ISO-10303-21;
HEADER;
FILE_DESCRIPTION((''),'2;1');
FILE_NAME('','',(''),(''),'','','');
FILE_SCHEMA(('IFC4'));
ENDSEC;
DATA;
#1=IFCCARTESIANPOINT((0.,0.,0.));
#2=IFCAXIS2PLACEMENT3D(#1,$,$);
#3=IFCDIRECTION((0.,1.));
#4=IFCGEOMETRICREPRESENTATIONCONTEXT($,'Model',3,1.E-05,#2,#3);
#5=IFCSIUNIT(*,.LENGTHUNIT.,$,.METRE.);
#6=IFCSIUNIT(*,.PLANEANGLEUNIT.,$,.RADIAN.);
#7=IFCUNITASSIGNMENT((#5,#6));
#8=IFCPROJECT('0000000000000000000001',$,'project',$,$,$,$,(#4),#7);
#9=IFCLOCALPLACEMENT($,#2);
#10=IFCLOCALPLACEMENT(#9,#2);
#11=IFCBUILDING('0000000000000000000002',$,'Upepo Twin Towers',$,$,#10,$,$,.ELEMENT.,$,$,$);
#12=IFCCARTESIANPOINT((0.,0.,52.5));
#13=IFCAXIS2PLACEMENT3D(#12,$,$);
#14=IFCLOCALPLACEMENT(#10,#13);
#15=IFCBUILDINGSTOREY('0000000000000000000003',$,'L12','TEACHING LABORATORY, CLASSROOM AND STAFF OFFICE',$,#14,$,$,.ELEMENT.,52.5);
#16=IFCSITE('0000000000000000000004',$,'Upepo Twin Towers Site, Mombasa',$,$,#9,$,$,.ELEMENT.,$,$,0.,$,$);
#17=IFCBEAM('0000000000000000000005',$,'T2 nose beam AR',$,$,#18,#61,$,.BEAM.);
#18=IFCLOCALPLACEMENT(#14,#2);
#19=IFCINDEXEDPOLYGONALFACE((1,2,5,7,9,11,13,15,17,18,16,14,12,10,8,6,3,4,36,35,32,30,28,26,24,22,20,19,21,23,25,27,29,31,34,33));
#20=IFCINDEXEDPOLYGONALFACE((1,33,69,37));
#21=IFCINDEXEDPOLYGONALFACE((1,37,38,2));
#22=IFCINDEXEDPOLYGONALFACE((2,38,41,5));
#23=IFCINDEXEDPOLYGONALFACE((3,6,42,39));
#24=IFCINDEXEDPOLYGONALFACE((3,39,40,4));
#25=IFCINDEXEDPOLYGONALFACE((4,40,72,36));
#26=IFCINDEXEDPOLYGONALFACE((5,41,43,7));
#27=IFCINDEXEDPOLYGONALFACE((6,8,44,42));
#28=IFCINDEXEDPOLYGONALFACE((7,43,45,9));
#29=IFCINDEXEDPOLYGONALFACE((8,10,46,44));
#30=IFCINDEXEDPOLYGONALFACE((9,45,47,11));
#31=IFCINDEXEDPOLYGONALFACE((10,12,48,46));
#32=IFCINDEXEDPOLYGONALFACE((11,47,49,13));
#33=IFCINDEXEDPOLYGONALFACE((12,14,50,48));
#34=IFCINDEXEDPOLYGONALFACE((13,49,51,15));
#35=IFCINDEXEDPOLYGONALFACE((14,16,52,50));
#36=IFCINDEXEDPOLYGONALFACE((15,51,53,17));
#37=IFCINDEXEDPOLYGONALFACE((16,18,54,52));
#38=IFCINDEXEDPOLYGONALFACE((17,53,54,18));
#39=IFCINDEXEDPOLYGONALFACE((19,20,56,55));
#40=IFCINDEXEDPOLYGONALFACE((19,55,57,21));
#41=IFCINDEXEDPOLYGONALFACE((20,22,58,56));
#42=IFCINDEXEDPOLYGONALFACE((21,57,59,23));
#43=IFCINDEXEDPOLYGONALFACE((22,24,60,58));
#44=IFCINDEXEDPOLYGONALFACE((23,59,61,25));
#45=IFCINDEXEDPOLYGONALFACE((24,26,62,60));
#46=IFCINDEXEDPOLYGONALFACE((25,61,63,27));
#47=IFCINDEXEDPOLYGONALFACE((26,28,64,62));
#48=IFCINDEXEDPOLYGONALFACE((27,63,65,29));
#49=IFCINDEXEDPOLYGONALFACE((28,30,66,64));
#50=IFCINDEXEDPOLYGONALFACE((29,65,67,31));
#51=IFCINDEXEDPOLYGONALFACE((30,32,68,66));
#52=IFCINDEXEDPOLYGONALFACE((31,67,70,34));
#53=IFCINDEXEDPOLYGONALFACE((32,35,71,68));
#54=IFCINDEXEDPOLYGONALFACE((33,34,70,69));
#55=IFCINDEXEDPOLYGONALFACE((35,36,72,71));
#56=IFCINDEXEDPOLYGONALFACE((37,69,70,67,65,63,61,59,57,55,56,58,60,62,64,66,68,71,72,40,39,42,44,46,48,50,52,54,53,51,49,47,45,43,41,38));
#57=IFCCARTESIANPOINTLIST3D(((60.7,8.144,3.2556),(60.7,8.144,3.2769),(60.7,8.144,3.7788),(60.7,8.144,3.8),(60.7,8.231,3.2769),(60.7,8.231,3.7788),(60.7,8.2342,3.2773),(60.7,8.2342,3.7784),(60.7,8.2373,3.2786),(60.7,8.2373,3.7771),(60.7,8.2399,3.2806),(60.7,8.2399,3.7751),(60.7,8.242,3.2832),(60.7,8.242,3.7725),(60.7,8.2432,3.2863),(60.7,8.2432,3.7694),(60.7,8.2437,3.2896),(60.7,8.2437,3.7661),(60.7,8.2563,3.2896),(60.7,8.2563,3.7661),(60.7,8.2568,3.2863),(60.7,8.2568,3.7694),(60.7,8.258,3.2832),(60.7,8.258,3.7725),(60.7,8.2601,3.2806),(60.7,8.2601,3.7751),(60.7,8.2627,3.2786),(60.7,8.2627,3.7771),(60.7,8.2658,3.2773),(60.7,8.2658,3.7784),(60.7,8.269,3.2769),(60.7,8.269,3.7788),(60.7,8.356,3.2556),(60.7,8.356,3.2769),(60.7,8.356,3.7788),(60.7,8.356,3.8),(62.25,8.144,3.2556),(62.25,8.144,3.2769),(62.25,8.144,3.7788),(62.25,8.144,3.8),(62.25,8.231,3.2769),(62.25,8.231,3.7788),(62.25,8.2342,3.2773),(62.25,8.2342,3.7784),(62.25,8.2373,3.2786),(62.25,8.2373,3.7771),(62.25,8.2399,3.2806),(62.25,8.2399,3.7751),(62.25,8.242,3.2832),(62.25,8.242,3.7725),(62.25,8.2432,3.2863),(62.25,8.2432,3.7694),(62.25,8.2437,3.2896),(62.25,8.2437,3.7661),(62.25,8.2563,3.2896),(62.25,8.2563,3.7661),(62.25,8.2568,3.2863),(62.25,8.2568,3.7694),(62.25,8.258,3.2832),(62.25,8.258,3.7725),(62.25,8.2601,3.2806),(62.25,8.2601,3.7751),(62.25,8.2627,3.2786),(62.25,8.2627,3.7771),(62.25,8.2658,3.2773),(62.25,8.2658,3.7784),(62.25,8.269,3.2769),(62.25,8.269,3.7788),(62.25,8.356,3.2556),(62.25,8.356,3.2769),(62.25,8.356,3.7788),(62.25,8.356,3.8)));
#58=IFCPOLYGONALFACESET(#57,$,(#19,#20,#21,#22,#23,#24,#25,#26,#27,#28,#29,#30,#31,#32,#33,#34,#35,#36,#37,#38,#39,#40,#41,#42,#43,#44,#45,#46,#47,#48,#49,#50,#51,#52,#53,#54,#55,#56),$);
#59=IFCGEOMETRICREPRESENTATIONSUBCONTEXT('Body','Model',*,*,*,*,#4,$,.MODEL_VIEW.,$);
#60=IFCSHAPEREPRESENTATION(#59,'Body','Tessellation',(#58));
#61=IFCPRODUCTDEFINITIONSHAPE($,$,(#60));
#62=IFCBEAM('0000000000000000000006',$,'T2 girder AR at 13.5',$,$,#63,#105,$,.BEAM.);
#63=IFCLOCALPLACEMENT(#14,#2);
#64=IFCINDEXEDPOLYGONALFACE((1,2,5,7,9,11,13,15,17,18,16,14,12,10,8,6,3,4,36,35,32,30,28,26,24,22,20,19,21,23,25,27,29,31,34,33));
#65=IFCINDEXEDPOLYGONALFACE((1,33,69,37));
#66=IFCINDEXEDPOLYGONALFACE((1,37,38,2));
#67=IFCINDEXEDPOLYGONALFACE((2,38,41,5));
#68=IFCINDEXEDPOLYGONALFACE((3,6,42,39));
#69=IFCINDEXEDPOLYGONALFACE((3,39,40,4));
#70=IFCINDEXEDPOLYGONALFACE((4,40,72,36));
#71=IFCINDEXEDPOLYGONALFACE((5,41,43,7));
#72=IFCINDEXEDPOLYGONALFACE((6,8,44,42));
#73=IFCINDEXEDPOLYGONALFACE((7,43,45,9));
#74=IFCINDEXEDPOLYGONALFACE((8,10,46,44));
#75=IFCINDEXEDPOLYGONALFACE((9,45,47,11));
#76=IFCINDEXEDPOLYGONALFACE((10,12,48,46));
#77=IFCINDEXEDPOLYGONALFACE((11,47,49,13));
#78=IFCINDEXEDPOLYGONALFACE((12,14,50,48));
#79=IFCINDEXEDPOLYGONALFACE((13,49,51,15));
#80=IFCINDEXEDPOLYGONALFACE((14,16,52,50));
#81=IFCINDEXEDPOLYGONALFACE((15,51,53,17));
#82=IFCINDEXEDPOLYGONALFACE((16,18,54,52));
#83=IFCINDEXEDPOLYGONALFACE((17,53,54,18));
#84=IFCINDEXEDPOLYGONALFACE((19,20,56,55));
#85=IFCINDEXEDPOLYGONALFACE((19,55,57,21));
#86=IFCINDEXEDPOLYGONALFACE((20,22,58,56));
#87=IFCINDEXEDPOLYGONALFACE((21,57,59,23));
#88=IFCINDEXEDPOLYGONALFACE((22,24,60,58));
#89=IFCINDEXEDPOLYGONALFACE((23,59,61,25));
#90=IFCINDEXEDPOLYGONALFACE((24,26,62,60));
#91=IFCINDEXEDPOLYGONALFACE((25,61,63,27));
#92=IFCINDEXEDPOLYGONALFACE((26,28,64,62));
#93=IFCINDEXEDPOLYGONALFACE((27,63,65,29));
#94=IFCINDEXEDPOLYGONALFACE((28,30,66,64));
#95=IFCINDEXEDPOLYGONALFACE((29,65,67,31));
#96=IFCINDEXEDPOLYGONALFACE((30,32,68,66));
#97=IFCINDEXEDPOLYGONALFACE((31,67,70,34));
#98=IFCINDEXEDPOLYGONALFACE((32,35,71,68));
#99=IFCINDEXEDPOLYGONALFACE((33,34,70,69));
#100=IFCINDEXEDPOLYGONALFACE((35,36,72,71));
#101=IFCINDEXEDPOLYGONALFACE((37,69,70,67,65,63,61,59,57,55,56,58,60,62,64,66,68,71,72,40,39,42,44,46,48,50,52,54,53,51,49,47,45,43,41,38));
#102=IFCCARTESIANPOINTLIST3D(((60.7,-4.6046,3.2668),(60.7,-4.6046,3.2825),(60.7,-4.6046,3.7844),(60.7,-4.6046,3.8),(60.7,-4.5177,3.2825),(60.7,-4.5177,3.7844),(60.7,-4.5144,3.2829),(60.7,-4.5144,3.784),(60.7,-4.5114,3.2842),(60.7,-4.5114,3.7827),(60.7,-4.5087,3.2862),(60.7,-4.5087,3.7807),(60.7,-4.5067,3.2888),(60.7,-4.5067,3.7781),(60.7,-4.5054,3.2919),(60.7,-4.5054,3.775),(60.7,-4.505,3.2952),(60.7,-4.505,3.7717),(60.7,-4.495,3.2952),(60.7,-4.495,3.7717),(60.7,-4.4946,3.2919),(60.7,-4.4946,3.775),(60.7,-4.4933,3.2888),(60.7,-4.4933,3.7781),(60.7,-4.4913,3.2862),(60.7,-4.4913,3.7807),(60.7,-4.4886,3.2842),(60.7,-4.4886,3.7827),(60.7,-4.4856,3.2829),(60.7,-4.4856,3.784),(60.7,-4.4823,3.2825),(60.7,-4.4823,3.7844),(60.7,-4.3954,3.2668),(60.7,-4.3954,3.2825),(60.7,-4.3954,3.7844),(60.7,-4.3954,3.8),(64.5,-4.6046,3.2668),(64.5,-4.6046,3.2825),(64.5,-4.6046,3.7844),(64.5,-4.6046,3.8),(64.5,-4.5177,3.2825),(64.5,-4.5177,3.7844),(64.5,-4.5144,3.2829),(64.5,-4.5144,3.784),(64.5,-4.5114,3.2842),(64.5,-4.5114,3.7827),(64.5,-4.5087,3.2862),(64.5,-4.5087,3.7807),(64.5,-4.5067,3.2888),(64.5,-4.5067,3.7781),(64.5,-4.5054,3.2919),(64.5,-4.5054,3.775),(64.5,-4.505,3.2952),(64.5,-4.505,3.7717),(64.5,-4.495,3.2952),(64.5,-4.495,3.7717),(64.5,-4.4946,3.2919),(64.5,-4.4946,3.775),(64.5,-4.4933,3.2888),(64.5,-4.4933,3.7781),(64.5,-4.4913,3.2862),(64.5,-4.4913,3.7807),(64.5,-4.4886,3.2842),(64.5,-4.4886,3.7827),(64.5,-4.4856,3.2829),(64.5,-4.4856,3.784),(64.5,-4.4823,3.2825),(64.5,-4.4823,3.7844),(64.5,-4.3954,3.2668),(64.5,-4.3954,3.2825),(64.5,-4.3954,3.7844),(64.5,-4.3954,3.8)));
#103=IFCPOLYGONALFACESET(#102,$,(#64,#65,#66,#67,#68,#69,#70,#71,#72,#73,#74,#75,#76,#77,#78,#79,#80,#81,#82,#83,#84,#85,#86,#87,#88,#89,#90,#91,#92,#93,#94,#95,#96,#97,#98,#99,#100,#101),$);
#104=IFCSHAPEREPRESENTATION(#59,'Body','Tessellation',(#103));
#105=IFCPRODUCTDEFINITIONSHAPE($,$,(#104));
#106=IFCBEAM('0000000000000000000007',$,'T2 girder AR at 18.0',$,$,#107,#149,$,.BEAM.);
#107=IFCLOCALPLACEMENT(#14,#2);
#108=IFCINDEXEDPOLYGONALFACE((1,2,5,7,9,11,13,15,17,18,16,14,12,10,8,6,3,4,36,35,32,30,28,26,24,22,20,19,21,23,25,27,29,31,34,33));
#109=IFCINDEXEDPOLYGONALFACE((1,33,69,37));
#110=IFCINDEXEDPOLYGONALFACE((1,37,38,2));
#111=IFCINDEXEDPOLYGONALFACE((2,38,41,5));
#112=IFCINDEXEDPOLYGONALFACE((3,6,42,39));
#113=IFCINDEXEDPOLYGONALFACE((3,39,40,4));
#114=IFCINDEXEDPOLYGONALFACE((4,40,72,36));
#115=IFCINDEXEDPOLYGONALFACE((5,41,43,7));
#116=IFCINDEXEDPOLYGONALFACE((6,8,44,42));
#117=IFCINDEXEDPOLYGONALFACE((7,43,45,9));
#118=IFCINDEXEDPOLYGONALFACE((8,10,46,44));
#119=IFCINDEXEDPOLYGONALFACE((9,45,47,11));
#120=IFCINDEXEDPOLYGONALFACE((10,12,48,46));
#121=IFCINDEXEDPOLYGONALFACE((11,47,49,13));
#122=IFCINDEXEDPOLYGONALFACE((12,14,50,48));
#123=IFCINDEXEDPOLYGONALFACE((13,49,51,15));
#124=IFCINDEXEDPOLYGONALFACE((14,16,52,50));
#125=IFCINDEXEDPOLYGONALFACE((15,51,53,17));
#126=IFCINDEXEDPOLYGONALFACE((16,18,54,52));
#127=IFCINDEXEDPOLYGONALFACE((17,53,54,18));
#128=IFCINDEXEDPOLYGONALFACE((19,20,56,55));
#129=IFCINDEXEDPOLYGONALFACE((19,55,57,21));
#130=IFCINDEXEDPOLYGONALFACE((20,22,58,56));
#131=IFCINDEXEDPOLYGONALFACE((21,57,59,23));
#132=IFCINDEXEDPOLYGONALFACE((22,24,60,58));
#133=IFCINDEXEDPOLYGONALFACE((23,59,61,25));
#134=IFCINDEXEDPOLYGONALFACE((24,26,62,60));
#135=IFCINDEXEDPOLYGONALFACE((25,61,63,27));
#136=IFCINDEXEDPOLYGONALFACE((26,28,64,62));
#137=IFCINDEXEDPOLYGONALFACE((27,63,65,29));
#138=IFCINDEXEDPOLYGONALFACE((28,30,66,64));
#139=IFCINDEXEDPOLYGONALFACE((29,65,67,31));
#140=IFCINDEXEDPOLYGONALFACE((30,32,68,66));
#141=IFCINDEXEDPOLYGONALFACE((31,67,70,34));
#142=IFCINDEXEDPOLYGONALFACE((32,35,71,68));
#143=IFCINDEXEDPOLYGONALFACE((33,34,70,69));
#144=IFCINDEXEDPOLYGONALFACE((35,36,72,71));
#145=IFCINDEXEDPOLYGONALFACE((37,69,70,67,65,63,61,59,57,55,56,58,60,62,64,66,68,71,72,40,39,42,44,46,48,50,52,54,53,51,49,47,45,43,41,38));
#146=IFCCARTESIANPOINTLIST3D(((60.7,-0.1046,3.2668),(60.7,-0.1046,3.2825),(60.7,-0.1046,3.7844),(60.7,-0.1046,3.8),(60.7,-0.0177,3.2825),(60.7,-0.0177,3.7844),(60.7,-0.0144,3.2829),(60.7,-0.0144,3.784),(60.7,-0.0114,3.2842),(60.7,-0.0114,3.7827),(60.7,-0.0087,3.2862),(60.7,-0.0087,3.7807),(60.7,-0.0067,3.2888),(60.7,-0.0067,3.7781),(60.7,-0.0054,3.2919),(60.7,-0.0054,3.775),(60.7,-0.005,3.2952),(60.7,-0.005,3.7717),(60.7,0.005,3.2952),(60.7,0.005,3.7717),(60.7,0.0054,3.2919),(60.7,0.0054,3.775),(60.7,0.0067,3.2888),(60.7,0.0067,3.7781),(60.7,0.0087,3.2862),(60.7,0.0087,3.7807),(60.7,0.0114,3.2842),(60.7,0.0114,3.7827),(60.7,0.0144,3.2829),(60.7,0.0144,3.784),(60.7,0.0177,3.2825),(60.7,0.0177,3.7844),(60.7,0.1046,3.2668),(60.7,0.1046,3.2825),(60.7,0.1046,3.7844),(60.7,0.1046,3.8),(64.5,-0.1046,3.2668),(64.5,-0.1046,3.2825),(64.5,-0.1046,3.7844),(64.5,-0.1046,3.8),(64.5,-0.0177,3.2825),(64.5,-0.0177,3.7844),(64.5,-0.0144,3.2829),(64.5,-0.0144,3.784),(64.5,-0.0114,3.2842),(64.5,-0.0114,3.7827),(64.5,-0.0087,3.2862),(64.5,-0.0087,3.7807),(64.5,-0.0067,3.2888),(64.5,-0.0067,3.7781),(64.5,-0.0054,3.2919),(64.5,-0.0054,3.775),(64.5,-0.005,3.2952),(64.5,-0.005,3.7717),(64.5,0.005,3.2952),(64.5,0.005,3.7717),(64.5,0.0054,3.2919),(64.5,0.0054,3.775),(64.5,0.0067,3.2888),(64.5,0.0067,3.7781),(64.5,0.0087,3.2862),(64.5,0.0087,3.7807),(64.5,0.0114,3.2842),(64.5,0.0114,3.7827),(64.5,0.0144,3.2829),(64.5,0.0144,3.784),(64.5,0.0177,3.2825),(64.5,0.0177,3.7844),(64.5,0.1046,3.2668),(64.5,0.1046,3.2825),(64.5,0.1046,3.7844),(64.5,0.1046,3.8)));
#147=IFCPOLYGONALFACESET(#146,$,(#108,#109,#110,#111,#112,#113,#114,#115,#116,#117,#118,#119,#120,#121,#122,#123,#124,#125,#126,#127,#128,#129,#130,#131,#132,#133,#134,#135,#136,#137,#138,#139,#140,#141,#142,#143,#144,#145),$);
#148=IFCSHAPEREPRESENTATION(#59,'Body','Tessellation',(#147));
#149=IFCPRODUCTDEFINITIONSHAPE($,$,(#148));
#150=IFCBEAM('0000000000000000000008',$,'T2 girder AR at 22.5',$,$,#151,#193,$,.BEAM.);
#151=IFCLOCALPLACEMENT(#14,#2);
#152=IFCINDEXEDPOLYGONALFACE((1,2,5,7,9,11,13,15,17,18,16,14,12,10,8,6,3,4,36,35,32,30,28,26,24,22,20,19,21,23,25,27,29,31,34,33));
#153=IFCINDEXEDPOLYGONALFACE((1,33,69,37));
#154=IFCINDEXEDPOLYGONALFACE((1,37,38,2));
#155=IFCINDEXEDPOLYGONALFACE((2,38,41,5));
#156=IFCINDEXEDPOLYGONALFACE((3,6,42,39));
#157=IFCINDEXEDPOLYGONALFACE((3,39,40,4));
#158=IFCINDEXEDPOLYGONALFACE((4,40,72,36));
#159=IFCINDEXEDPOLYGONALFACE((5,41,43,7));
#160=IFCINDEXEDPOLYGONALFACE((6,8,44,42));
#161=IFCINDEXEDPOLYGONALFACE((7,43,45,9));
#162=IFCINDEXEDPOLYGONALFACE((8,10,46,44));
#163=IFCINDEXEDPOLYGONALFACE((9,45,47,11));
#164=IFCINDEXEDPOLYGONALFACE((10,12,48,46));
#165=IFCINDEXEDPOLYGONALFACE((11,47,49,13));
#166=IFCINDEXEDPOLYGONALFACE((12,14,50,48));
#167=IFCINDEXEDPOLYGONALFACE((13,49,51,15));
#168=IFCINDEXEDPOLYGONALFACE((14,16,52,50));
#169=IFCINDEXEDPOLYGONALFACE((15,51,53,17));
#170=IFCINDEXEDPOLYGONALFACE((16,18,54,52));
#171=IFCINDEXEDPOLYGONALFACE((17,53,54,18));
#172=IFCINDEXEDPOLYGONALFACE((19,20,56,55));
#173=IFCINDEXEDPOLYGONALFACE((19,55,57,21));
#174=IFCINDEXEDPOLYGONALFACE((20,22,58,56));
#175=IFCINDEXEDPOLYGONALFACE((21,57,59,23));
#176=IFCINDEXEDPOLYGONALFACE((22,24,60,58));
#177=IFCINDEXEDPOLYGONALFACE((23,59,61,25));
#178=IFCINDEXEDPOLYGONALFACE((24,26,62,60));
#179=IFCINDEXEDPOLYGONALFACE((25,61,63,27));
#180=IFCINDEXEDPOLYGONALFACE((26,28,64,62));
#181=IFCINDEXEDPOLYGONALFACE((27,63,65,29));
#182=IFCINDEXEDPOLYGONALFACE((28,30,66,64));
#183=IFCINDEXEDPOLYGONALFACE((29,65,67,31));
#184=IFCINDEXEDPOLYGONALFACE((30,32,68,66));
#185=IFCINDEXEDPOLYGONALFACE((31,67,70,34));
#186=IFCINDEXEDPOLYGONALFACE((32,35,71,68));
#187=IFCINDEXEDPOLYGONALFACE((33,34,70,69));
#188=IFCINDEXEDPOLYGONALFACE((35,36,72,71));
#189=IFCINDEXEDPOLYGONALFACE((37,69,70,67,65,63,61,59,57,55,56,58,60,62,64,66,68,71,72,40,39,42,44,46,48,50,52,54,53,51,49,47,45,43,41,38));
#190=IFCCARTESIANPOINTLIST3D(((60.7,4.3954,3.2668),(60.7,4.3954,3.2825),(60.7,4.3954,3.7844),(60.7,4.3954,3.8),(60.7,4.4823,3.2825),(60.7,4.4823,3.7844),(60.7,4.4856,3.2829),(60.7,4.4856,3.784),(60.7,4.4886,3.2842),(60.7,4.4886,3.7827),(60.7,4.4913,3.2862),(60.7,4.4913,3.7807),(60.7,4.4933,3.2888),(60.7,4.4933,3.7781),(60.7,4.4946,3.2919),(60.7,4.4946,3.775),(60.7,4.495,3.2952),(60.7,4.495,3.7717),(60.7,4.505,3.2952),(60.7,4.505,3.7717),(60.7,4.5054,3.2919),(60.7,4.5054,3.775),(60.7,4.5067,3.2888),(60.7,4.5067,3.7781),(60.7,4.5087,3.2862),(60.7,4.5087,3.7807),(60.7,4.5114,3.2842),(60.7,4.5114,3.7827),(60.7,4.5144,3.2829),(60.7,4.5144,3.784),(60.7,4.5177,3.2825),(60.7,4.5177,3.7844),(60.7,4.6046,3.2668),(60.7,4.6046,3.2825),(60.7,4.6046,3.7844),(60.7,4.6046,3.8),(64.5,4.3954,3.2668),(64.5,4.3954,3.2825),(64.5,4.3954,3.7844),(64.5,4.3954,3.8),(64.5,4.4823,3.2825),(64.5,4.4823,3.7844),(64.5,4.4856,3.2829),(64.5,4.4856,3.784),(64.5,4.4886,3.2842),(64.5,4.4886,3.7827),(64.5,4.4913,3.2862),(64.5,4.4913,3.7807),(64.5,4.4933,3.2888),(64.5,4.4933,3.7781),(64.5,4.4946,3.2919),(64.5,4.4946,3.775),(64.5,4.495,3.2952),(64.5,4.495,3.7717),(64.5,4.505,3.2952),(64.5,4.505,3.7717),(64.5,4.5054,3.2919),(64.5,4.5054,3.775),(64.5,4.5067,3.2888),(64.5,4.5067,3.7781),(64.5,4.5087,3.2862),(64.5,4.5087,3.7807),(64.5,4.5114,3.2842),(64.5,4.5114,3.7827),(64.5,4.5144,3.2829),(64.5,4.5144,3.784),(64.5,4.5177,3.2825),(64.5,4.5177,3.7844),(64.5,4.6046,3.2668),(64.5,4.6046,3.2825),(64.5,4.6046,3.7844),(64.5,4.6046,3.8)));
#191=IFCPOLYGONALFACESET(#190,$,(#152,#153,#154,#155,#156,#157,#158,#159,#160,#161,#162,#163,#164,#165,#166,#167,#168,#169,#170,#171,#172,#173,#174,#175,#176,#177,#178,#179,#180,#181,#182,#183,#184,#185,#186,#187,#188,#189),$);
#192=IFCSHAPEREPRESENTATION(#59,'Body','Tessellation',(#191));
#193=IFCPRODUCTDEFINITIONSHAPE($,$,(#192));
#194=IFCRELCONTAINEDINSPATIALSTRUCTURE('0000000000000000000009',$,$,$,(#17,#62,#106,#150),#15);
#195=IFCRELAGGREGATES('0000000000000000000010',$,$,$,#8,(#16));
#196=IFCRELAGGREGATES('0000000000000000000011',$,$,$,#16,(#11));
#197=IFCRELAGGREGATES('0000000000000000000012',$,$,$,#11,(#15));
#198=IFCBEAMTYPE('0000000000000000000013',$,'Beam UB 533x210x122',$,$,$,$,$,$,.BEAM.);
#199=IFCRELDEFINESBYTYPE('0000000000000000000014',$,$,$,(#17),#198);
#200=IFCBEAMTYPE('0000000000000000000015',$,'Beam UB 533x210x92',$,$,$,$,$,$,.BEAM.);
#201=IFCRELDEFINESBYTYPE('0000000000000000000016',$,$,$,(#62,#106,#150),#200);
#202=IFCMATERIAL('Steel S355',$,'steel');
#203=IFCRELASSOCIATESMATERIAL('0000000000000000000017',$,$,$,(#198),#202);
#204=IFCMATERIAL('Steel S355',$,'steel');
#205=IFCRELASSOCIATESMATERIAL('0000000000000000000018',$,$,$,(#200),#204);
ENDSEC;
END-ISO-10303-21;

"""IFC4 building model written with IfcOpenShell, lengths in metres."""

from ifc_helpers import new_model, si_unit, direction, frame, origin, origin_2d, place, context, subcontext, project, spatial, i_section, extrude, material, material_profile, profile_set, type_object, element, save


model = new_model("IFC4")

# Units and contexts
model_context = context("Model", 3, precision=1e-05, world=origin(), true_north=direction((0.0, 1.0)))
body_context = subcontext(model_context, "Body", "Model", "MODEL_VIEW")
ifc_project = project(units=[si_unit("LENGTHUNIT", "METRE"), si_unit("PLANEANGLEUNIT", "RADIAN")], contexts=[model_context])

# Site, building, storey
site_placement = place(None, origin())
site = spatial("IfcSite", under=ifc_project, at=site_placement, Name="Upepo Twin Towers Site, Mombasa", CompositionType="ELEMENT", RefElevation=0.0)
building_placement = place(site_placement, origin())
building = spatial("IfcBuilding", under=site, at=building_placement, Name="Upepo Twin Towers", CompositionType="ELEMENT")
storey_placement = place(building_placement, frame((0.0, 0.0, 52.5)))
storey = spatial("IfcBuildingStorey", under=building, at=storey_placement, Name="L12", Description="TEACHING LABORATORY, CLASSROOM AND STAFF OFFICE", CompositionType="ELEMENT", Elevation=52.5)

# Beams
ifc_material_1 = material(Name="Steel S355", Category="steel")
ifc_material_profile_1 = material_profile(ifc_material_1, i_section(OverallWidth=0.2119, OverallDepth=0.5444, WebThickness=0.0127, FlangeThickness=0.0212, FilletRadius=0.0127, at=origin_2d()), Name="UB 533x210x122")
ifc_profile_set_1 = profile_set([ifc_material_profile_1], Name="Steel S355")
beam_type_1 = type_object("IfcBeamType", Name="Beam UB 533x210x122", PredefinedType="BEAM", material=ifc_profile_set_1)
beam_1_placement = place(storey_placement, frame((62.25, 8.25, 3.5278), z_axis=(-1.0, 0.0, 0.0), x_axis=(0.0, -1.0, 0.0)))
element("IfcBeam", 1, at=beam_1_placement, inside=storey, type_object=beam_type_1, Name="T2 nose beam AR", PredefinedType="BEAM", context=body_context, shape_type="SweptSolid", body=[
    extrude(i_section(OverallWidth=0.2119, OverallDepth=0.5444, WebThickness=0.0127, FlangeThickness=0.0212, FilletRadius=0.0127, at=origin_2d()), origin(), (0.0, 0.0, 1.0), 1.55),
])
ifc_material_2 = material(Name="Steel S355", Category="steel")
ifc_material_profile_2 = material_profile(ifc_material_2, i_section(OverallWidth=0.2092, OverallDepth=0.5332, WebThickness=0.01, FlangeThickness=0.0156, FilletRadius=0.0127, at=origin_2d()), Name="UB 533x210x92")
ifc_profile_set_2 = profile_set([ifc_material_profile_2], Name="Steel S355")
beam_type_2 = type_object("IfcBeamType", Name="Beam UB 533x210x92", PredefinedType="BEAM", material=ifc_profile_set_2)
for number, where, z_axis, x_axis, name in (
    (2, (64.5, -4.5, 3.5334), (-1.0, 0.0, 0.0), (0.0, -1.0, 0.0), "T2 girder AR at 13.5"),
    (3, (64.5, 0.0, 3.5334), (-1.0, 0.0, 0.0), (0.0, -1.0, 0.0), "T2 girder AR at 18.0"),
    (4, (64.5, 4.5, 3.5334), (-1.0, 0.0, 0.0), (0.0, -1.0, 0.0), "T2 girder AR at 22.5"),
):
    element("IfcBeam", number, at=place(storey_placement, frame(where, z_axis=z_axis, x_axis=x_axis)), inside=storey, type_object=beam_type_2, Name=name, PredefinedType="BEAM", context=body_context, shape_type="SweptSolid", body=[
        extrude(i_section(OverallWidth=0.2092, OverallDepth=0.5332, WebThickness=0.01, FlangeThickness=0.0156, FilletRadius=0.0127, at=origin_2d()), origin(), (0.0, 0.0, 1.0), 3.8),
    ])

save(model, "model.ifc")
